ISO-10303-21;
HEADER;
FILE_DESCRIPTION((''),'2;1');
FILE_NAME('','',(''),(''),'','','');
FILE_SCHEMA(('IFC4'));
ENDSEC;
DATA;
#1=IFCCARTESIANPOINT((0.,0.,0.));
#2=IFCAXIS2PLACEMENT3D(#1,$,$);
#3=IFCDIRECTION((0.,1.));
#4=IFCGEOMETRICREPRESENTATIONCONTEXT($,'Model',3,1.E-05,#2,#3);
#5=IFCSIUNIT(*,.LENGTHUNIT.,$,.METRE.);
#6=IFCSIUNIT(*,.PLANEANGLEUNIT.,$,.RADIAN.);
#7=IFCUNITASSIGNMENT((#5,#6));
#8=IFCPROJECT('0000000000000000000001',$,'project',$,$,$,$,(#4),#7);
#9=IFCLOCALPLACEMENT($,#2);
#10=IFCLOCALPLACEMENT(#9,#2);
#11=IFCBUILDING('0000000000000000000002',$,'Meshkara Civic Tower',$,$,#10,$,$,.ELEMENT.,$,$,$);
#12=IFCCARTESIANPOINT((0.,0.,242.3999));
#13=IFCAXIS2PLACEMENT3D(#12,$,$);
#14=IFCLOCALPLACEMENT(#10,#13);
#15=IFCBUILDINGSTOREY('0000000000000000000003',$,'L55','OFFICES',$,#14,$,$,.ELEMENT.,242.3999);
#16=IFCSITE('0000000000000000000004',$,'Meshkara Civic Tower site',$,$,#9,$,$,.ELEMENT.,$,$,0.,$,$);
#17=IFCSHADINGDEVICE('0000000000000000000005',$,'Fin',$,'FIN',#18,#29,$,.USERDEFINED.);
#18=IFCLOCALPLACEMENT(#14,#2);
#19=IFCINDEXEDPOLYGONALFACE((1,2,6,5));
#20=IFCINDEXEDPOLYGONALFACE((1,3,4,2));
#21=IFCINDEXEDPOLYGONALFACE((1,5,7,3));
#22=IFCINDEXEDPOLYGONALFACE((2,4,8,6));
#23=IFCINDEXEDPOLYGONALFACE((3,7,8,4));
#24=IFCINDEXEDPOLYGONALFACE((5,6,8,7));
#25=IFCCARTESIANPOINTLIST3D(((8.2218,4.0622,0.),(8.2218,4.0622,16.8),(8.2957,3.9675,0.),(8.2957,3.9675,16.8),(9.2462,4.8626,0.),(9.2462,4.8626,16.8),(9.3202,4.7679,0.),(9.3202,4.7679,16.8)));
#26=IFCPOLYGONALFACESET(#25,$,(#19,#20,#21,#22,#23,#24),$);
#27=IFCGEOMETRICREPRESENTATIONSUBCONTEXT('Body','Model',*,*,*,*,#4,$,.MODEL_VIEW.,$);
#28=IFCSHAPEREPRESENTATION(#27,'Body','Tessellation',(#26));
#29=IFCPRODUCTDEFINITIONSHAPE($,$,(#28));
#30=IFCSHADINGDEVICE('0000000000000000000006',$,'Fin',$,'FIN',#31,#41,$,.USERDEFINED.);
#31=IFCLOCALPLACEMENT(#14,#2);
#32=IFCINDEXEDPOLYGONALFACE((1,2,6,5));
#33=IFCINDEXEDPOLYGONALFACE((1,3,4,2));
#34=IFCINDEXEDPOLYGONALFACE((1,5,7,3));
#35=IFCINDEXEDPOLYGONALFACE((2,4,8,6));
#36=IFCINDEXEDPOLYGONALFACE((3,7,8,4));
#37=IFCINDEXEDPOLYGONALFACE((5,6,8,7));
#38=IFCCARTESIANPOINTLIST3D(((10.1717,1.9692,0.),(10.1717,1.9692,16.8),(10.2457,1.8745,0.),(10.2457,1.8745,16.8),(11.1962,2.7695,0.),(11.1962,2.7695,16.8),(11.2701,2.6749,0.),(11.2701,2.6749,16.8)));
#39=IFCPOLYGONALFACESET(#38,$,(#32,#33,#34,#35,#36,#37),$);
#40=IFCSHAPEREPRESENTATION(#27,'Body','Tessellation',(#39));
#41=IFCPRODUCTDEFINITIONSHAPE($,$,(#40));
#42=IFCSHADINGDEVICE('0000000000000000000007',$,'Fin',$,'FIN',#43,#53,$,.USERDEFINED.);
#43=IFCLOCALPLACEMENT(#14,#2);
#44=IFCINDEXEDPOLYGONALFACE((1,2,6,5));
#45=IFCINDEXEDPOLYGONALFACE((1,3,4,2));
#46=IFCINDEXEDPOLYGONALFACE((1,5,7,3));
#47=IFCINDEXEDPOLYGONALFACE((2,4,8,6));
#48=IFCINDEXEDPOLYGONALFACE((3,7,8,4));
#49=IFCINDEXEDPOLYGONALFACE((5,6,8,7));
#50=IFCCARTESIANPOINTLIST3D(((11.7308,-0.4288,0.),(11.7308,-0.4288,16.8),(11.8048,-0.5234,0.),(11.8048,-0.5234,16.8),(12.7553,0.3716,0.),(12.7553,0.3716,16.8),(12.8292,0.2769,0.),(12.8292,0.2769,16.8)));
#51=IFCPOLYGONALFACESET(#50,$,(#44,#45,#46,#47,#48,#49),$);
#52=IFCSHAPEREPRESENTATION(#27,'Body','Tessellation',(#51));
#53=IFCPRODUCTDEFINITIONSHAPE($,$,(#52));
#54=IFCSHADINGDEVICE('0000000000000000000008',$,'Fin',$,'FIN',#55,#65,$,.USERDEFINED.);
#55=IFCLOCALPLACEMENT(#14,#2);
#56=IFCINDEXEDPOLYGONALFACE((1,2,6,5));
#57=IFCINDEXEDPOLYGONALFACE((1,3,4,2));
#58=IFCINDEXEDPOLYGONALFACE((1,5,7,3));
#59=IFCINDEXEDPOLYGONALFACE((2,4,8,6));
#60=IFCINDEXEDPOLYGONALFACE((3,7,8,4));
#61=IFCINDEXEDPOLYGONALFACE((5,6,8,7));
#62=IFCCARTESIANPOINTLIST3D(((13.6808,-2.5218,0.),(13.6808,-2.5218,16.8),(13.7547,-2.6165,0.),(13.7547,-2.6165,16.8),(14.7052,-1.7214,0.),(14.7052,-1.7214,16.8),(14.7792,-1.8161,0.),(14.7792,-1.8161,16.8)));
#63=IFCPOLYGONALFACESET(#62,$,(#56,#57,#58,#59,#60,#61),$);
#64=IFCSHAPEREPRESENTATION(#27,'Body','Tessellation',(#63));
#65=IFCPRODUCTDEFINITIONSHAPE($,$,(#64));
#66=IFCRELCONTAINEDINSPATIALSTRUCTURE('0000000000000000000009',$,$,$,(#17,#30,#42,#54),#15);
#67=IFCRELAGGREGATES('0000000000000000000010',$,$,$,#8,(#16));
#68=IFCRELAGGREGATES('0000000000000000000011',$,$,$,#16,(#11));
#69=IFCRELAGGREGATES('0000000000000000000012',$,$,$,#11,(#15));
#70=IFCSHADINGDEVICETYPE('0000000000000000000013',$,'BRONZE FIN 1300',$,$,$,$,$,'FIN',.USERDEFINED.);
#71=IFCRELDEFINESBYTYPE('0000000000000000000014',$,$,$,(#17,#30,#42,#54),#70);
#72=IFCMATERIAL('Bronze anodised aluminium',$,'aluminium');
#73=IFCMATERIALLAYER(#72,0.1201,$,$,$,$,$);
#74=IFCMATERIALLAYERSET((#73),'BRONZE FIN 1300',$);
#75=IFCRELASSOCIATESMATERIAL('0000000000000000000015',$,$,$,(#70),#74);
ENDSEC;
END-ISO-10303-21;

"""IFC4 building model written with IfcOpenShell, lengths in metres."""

from ifc_helpers import new_model, si_unit, direction, frame, origin, origin_2d, place, context, subcontext, project, spatial, rectangle, extrude, material, layer, layer_set, type_object, element, save


model = new_model("IFC4")

# Units and contexts
model_context = context("Model", 3, precision=1e-05, world=origin(), true_north=direction((0.0, 1.0)))
body_context = subcontext(model_context, "Body", "Model", "MODEL_VIEW")
ifc_project = project(units=[si_unit("LENGTHUNIT", "METRE"), si_unit("PLANEANGLEUNIT", "RADIAN")], contexts=[model_context])

# Site, building, storey
site_placement = place(None, origin())
site = spatial("IfcSite", under=ifc_project, at=site_placement, Name="Meshkara Civic Tower site", CompositionType="ELEMENT", RefElevation=0.0)
building_placement = place(site_placement, origin())
building = spatial("IfcBuilding", under=site, at=building_placement, Name="Meshkara Civic Tower", CompositionType="ELEMENT")
storey_placement = place(building_placement, frame((0.0, 0.0, 242.3999)))
storey = spatial("IfcBuildingStorey", under=building, at=storey_placement, Name="L55", Description="OFFICES", CompositionType="ELEMENT", Elevation=242.3999)

# Shading devices
ifc_material_1 = material(Name="Bronze anodised aluminium", Category="aluminium")
ifc_layer_1 = layer(ifc_material_1, 0.1201)
ifc_layer_set_1 = layer_set([ifc_layer_1], Name="BRONZE FIN 1300")
shading_device_type = type_object("IfcShadingDeviceType", Name="BRONZE FIN 1300", ElementType="FIN", PredefinedType="USERDEFINED", material=ifc_layer_set_1)
for number, where, z_axis, x_axis, name in (
    (1, (8.771, 4.415, 0.0), (0.0, 0.0, 1.0), (0.615661, -0.788011, 0.0), "Fin"),
    (2, (10.7209, 2.322, 0.0), (0.0, 0.0, 1.0), (0.615661, -0.788011, 0.0), "Fin"),
    (3, (12.28, -0.0759, 0.0), (0.0, 0.0, 1.0), (0.615661, -0.788011, 0.0), "Fin"),
    (4, (14.23, -2.1689, 0.0), (0.0, 0.0, 1.0), (0.615661, -0.788011, 0.0), "Fin"),
):
    element("IfcShadingDevice", number, at=place(storey_placement, frame(where, z_axis=z_axis, x_axis=x_axis)), inside=storey, type_object=shading_device_type, Name=name, ObjectType="FIN", PredefinedType="USERDEFINED", context=body_context, shape_type="SweptSolid", body=[
        extrude(rectangle(XDim=0.1201, YDim=1.3, at=origin_2d()), origin(), (0.0, 0.0, 1.0), 16.8),
    ])

save(model, "model.ifc")
